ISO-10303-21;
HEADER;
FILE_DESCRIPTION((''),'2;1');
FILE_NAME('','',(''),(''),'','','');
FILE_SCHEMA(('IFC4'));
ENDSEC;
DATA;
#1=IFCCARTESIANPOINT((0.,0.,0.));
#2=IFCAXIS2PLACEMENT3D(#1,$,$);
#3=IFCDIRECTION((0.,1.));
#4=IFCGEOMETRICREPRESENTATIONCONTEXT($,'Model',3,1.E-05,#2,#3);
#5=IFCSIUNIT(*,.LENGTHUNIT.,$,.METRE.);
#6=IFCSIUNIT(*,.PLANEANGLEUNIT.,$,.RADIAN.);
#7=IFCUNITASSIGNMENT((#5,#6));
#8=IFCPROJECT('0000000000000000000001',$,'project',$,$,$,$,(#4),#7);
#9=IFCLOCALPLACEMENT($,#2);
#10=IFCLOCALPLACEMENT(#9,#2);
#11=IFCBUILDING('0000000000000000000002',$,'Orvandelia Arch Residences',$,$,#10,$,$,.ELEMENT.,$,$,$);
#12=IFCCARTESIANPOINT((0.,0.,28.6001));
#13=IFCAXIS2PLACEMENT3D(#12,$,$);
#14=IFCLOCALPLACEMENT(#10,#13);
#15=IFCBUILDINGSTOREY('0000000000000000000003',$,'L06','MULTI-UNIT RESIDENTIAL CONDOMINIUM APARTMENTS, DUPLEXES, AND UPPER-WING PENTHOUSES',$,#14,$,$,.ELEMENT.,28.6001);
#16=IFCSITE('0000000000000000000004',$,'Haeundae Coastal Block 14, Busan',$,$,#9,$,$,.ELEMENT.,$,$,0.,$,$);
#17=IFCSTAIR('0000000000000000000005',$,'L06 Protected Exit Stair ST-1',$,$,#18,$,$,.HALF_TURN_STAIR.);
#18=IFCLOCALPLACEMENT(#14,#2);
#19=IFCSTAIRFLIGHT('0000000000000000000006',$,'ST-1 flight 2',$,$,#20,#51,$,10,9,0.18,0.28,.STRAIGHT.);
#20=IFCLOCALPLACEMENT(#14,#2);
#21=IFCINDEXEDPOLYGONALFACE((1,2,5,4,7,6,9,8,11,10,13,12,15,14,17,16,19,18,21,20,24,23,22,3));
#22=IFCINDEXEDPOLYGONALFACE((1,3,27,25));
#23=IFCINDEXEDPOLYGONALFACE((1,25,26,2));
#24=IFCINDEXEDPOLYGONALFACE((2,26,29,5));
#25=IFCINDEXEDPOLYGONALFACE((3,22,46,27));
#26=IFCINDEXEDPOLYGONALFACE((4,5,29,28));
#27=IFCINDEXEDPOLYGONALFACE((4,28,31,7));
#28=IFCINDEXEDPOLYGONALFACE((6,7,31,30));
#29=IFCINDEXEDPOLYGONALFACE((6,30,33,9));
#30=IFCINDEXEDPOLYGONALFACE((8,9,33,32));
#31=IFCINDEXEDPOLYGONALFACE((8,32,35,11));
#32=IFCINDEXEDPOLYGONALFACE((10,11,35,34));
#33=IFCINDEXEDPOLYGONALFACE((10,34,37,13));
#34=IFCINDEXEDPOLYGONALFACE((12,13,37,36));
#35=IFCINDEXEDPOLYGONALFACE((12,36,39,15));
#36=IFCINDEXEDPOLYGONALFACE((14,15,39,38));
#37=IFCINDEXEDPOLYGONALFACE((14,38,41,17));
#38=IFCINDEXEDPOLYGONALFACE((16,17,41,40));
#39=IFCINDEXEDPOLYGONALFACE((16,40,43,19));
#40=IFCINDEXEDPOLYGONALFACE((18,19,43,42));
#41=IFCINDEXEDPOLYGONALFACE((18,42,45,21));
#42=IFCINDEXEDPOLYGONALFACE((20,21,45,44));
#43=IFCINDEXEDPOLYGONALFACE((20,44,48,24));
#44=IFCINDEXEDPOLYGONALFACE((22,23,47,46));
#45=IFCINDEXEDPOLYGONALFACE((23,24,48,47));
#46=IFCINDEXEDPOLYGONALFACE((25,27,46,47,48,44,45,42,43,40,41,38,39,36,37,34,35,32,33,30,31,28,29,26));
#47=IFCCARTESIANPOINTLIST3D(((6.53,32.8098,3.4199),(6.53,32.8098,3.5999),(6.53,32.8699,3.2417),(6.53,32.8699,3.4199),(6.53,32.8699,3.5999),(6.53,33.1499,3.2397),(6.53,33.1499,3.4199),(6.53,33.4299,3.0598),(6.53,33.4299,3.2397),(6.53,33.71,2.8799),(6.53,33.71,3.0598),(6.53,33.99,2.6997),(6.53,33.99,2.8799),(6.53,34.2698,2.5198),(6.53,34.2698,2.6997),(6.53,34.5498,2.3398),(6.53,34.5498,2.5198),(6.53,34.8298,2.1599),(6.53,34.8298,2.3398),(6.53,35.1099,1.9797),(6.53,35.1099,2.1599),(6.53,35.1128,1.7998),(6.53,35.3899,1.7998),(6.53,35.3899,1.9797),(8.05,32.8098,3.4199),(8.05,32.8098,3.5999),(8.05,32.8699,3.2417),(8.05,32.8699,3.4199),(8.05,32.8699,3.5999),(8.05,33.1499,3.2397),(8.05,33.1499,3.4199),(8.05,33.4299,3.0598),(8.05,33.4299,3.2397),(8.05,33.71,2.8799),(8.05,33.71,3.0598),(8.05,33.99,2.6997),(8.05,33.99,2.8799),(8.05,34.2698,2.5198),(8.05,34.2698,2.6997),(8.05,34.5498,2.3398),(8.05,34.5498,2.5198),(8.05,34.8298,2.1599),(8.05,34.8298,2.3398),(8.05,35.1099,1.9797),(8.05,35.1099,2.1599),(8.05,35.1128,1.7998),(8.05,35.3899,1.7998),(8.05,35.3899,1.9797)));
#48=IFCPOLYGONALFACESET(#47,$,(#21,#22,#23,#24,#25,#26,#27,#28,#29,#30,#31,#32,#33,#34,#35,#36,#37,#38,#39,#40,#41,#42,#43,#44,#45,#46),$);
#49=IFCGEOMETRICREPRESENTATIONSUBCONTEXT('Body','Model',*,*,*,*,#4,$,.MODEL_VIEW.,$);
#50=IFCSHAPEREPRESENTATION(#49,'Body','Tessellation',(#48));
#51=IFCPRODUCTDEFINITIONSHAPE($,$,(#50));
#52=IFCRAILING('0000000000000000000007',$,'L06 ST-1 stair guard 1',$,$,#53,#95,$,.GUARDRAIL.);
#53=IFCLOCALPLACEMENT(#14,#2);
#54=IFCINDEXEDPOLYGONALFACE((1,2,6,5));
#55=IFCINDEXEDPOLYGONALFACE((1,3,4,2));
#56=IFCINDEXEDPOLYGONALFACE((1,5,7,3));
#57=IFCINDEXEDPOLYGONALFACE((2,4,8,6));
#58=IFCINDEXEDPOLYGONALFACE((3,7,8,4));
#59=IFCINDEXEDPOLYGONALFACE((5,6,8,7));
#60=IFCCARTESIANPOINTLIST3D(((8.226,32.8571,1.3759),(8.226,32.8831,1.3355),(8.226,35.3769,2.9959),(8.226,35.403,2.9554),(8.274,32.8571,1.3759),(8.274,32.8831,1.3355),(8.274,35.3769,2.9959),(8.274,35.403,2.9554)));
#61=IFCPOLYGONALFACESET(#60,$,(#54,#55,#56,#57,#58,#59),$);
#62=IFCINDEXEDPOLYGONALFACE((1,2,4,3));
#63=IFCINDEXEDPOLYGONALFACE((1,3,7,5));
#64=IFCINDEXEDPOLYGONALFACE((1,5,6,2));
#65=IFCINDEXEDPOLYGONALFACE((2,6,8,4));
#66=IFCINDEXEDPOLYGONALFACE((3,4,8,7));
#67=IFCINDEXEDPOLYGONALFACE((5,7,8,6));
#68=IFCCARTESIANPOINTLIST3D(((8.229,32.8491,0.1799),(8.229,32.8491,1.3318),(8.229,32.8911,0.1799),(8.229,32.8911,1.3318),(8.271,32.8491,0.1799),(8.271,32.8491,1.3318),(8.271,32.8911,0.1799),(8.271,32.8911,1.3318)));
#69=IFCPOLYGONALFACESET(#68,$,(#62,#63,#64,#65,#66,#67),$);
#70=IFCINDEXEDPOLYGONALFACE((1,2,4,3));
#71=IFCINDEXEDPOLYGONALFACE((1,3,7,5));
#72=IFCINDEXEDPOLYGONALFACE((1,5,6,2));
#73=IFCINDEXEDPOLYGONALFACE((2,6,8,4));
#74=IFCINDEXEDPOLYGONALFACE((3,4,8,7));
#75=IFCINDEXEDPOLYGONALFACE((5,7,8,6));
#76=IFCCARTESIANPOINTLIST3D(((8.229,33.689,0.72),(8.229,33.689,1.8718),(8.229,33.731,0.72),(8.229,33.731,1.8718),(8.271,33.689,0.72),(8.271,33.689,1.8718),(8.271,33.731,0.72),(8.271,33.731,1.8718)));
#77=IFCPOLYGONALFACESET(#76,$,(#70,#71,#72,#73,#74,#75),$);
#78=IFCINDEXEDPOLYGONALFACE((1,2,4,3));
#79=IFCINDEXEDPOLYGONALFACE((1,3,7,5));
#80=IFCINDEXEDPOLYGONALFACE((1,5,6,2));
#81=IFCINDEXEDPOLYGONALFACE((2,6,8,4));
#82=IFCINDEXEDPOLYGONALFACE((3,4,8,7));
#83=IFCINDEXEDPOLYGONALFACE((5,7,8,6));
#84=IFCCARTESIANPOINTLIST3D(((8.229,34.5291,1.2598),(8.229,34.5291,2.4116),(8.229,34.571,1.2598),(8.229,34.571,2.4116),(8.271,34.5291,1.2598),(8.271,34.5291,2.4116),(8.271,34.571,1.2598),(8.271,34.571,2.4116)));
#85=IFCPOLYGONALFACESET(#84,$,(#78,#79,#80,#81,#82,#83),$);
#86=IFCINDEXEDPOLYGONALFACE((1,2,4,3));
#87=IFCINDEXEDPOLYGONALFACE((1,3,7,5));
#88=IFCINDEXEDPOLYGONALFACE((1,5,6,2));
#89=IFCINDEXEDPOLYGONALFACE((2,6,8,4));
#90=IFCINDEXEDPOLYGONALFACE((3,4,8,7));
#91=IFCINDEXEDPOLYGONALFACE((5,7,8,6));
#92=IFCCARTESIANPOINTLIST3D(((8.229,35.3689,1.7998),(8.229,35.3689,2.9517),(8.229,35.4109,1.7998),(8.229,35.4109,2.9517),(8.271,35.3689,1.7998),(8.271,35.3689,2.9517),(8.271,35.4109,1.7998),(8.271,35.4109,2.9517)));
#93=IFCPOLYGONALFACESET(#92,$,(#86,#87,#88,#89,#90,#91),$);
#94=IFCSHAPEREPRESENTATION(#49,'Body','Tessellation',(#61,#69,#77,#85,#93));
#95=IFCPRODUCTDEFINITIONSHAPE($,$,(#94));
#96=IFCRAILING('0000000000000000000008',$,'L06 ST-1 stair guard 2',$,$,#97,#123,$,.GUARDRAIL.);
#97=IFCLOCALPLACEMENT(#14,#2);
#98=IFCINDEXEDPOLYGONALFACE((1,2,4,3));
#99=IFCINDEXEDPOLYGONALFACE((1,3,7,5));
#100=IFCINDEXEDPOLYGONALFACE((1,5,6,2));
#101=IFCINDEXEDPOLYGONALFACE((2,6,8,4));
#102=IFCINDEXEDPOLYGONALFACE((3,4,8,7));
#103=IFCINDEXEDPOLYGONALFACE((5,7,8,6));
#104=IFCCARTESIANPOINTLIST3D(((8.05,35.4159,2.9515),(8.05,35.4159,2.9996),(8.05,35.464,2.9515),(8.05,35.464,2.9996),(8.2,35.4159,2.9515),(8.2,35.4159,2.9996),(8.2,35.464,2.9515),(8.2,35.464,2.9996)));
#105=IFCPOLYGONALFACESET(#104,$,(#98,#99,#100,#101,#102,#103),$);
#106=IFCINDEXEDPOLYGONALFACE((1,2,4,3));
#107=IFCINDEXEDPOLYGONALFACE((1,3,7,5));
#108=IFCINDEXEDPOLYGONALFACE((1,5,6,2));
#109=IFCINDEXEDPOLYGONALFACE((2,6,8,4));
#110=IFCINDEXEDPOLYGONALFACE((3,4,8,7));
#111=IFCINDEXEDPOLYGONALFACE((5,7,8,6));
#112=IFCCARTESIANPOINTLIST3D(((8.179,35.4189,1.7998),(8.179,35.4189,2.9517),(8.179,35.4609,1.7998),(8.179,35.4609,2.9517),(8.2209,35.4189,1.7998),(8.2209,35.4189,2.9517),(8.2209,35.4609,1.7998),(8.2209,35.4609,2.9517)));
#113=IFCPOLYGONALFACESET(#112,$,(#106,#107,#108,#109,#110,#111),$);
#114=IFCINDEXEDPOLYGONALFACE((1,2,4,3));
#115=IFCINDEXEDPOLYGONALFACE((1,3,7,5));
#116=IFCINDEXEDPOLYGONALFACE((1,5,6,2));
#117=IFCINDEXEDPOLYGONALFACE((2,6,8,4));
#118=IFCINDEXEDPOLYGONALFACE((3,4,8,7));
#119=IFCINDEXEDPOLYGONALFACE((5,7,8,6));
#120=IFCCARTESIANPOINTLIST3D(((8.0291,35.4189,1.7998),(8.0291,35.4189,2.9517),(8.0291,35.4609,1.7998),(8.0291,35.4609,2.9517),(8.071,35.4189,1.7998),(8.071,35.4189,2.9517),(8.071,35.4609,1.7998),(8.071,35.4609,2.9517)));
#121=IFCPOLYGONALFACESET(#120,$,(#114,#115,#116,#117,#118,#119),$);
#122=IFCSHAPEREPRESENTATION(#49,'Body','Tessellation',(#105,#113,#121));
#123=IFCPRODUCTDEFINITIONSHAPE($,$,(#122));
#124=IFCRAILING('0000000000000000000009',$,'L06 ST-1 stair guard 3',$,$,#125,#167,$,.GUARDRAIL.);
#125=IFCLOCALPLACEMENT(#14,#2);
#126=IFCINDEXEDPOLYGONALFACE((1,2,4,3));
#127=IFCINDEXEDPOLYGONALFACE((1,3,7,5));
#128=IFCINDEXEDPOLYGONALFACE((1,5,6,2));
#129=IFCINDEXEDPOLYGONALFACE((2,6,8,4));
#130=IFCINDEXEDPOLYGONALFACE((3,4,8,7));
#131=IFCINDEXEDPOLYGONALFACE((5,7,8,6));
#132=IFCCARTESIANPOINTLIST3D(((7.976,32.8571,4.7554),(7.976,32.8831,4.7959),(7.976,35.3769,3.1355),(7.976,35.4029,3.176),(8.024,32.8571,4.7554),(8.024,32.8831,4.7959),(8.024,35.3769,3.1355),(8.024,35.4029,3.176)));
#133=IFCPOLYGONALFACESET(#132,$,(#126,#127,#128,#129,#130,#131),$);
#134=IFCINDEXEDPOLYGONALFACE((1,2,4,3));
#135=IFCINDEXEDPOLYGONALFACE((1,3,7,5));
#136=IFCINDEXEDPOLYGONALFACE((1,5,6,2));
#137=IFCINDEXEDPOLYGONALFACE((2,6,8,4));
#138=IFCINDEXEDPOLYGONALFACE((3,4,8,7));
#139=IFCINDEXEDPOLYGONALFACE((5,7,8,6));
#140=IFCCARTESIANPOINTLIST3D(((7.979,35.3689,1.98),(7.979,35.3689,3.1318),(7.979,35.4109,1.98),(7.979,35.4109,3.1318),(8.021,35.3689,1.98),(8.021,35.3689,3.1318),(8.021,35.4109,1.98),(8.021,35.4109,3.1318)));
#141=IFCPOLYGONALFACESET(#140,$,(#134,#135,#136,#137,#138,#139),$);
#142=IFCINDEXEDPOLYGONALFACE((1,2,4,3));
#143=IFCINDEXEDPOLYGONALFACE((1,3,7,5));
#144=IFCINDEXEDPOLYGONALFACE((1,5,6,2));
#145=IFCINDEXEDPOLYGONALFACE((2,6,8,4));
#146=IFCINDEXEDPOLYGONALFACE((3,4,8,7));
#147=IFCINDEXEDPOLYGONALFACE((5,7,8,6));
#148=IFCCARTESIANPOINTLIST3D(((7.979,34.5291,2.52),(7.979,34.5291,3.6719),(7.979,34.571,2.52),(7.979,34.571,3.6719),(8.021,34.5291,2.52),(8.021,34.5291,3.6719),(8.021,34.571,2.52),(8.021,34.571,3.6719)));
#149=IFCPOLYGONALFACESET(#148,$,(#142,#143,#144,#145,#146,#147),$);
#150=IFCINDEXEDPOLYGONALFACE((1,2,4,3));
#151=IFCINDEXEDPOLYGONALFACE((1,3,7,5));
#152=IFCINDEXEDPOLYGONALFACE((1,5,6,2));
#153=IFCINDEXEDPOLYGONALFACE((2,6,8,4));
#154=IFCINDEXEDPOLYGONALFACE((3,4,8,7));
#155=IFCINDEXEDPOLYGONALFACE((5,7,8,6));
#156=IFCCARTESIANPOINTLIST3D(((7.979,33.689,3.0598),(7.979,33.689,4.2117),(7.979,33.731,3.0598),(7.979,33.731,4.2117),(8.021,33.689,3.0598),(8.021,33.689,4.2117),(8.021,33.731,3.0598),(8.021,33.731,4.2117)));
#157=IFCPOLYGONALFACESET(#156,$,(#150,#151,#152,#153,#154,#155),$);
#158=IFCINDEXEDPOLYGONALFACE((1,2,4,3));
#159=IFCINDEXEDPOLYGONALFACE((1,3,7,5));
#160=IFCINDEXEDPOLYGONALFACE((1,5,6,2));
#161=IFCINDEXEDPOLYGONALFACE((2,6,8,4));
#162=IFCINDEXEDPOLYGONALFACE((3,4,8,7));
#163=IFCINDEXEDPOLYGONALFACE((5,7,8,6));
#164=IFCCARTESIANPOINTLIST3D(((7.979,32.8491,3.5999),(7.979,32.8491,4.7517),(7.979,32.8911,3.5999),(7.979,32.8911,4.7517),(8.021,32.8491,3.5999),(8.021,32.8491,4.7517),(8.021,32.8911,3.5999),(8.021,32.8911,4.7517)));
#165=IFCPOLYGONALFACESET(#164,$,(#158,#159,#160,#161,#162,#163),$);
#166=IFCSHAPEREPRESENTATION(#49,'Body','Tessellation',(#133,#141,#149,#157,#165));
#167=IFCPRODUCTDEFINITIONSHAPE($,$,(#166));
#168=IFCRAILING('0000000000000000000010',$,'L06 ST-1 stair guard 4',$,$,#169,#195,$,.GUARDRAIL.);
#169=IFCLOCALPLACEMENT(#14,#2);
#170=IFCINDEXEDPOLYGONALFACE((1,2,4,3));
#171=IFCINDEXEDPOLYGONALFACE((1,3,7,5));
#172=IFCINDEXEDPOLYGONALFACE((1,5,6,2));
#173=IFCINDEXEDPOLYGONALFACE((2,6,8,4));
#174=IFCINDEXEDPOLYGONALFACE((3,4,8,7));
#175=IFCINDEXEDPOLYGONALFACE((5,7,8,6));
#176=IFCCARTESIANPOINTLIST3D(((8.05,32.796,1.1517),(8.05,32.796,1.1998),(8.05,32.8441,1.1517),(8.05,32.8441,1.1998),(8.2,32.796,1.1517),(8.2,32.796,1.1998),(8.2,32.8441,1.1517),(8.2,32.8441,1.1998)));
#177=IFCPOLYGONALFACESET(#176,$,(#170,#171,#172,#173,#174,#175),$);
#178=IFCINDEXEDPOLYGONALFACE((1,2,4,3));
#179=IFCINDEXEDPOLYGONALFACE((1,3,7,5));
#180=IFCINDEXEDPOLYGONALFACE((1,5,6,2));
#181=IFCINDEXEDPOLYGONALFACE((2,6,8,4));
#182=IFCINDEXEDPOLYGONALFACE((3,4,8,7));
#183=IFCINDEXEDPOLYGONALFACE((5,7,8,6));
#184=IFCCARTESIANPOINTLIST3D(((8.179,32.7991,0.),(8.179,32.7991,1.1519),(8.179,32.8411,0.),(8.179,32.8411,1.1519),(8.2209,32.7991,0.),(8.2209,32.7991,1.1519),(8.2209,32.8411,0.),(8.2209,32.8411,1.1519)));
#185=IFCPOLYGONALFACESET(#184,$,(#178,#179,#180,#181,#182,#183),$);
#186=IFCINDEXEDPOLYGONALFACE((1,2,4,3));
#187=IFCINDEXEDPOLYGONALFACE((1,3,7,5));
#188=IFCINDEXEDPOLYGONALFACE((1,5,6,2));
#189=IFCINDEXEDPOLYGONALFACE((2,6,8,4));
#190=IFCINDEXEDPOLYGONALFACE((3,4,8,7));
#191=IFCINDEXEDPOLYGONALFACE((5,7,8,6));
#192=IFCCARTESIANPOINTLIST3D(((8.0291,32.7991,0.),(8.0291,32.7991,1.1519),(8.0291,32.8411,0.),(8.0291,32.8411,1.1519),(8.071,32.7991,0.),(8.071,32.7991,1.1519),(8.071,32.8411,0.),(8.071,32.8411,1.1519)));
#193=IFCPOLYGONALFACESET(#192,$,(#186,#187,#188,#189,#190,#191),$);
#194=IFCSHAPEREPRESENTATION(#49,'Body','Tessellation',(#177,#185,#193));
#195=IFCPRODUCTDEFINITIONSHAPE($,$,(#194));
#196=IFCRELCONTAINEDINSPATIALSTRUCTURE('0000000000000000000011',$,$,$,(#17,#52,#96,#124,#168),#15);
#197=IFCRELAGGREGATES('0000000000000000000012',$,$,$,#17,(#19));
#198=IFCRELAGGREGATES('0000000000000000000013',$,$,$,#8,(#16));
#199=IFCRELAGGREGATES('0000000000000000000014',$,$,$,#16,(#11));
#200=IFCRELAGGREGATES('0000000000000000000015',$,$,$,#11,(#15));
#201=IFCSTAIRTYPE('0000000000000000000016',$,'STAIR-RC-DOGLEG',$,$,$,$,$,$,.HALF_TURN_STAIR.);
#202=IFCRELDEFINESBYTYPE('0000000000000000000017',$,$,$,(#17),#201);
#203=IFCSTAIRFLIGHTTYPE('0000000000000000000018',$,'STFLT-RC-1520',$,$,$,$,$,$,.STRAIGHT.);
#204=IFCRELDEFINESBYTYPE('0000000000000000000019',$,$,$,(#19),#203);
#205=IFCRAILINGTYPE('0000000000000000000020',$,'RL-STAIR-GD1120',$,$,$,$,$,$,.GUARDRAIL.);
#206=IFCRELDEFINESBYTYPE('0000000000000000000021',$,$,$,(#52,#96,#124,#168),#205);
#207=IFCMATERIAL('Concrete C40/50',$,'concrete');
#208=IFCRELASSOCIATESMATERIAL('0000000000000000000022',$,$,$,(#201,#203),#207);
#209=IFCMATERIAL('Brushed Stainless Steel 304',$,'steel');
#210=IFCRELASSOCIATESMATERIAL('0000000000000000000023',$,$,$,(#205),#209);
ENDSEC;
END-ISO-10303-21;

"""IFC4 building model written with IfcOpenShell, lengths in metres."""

from ifc_helpers import new_model, si_unit, direction, frame, origin, origin_2d, place, context, subcontext, project, spatial, polyline, rectangle, outline, extrude, material, type_object, element, aggregate, save


model = new_model("IFC4")

# Units and contexts
model_context = context("Model", 3, precision=1e-05, world=origin(), true_north=direction((0.0, 1.0)))
body_context = subcontext(model_context, "Body", "Model", "MODEL_VIEW")
ifc_project = project(units=[si_unit("LENGTHUNIT", "METRE"), si_unit("PLANEANGLEUNIT", "RADIAN")], contexts=[model_context])

# Site, building, storey
site_placement = place(None, origin())
site = spatial("IfcSite", under=ifc_project, at=site_placement, Name="Haeundae Coastal Block 14, Busan", CompositionType="ELEMENT", RefElevation=0.0)
building_placement = place(site_placement, origin())
building = spatial("IfcBuilding", under=site, at=building_placement, Name="Orvandelia Arch Residences", CompositionType="ELEMENT")
storey_placement = place(building_placement, frame((0.0, 0.0, 28.6001)))
storey = spatial("IfcBuildingStorey", under=building, at=storey_placement, Name="L06", Description="MULTI-UNIT RESIDENTIAL CONDOMINIUM APARTMENTS, DUPLEXES, AND UPPER-WING PENTHOUSES", CompositionType="ELEMENT", Elevation=28.6001)

# Stair, stair flight
ifc_material_1 = material(Name="Concrete C40/50", Category="concrete")
stair_type = type_object("IfcStairType", Name="STAIR-RC-DOGLEG", PredefinedType="HALF_TURN_STAIR", material=ifc_material_1)
stair_placement = place(storey_placement, origin())
stair = element("IfcStair", 1, at=stair_placement, inside=storey, type_object=stair_type, Name="L06 Protected Exit Stair ST-1", PredefinedType="HALF_TURN_STAIR")
stair_flight_type = type_object("IfcStairFlightType", Name="STFLT-RC-1520", PredefinedType="STRAIGHT", material=ifc_material_1)
stair_flight_1_placement = place(storey_placement, frame((7.29, 35.3899, 1.7998), z_axis=(0.0, 0.0, 1.0), x_axis=(0.0, -1.0, 0.0)))
stair_flight_1 = element("IfcStairFlight", 2, at=stair_flight_1_placement, type_object=stair_flight_type, Name="ST-1 flight 2", NumberOfRisers=10, NumberOfTreads=9, PredefinedType="STRAIGHT", RiserHeight=0.18, TreadLength=0.28, context=body_context, shape_type="SweptSolid", body=[
    extrude(outline(polyline([(0.0, 0.0), (0.0, 0.1799), (0.28, 0.1799), (0.28, 0.3601), (0.5601, 0.3601), (0.5601, 0.54), (0.8401, 0.54), (0.8401, 0.72), (1.1201, 0.72), (1.1201, 0.8999), (1.3999, 0.8999), (1.3999, 1.0801), (1.6799, 1.0801), (1.6799, 1.26), (1.96, 1.26), (1.96, 1.4399), (2.24, 1.4399), (2.24, 1.6201), (2.52, 1.6201), (2.52, 1.8), (2.5801, 1.8), (2.5801, 1.6201), (2.52, 1.4419), (0.2771, 0.0), (0.0, 0.0)])), frame((0.0, 0.76, 0.0), z_axis=(0.0, -1.0, 0.0), x_axis=(1.0, 0.0, 0.0)), (0.0, 0.0, 1.0), 1.52),
])
aggregate(stair, [stair_flight_1])

# Railings
ifc_material_2 = material(Name="Brushed Stainless Steel 304", Category="steel")
railing_type_1 = type_object("IfcRailingType", Name="RL-STAIR-GD1120", PredefinedType="GUARDRAIL", material=ifc_material_2)
railing_1_placement = place(storey_placement, frame((8.25, 32.8701, 0.1799)))
element("IfcRailing", 3, at=railing_1_placement, inside=storey, type_object=railing_type_1, Name="L06 ST-1 stair guard 1", PredefinedType="GUARDRAIL", context=body_context, shape_type="SweptSolid", body=[
    extrude(rectangle(XDim=0.0481, YDim=0.0481, at=origin_2d()), frame((0.0, 0.0, 1.1758), z_axis=(0.0, 0.841176, 0.540762), x_axis=(-1.0, 0.0, 0.0)), (0.0, 0.0, 1.0), 2.9956),
    extrude(rectangle(XDim=0.042, YDim=0.042, at=origin_2d()), origin(), (0.0, 0.0, 1.0), 1.1519),
    extrude(rectangle(XDim=0.042, YDim=0.042, at=origin_2d()), frame((0.0, 0.8398, 0.54)), (0.0, 0.0, 1.0), 1.1519),
    extrude(rectangle(XDim=0.042, YDim=0.042, at=origin_2d()), frame((0.0, 1.6799, 1.0798)), (0.0, 0.0, 1.0), 1.1519),
    extrude(rectangle(XDim=0.042, YDim=0.042, at=origin_2d()), frame((0.0, 2.5198, 1.6199)), (0.0, 0.0, 1.0), 1.1519),
])
railing_2_placement = place(storey_placement, frame((8.2, 35.4399, 1.7998)))
element("IfcRailing", 4, at=railing_2_placement, inside=storey, type_object=railing_type_1, Name="L06 ST-1 stair guard 2", PredefinedType="GUARDRAIL", context=body_context, shape_type="SweptSolid", body=[
    extrude(rectangle(XDim=0.0481, YDim=0.0481, at=origin_2d()), frame((0.0, 0.0, 1.1758), z_axis=(-1.0, 0.0, 0.0), x_axis=(0.0, -1.0, 0.0)), (0.0, 0.0, 1.0), 0.1499),
    extrude(rectangle(XDim=0.042, YDim=0.042, at=origin_2d()), origin(), (0.0, 0.0, 1.0), 1.1519),
    extrude(rectangle(XDim=0.042, YDim=0.042, at=origin_2d()), frame((-0.1499, 0.0, 0.0)), (0.0, 0.0, 1.0), 1.1519),
])
railing_3_placement = place(storey_placement, frame((8.0, 35.3899, 1.98)))
element("IfcRailing", 5, at=railing_3_placement, inside=storey, type_object=railing_type_1, Name="L06 ST-1 stair guard 3", PredefinedType="GUARDRAIL", context=body_context, shape_type="SweptSolid", body=[
    extrude(rectangle(XDim=0.0481, YDim=0.0481, at=origin_2d()), frame((0.0, 0.0, 1.1758), z_axis=(0.0, -0.841176, 0.540762), x_axis=(1.0, 0.0, 0.0)), (0.0, 0.0, 1.0), 2.9956),
    extrude(rectangle(XDim=0.042, YDim=0.042, at=origin_2d()), origin(), (0.0, 0.0, 1.0), 1.1519),
    extrude(rectangle(XDim=0.042, YDim=0.042, at=origin_2d()), frame((0.0, -0.8398, 0.54)), (0.0, 0.0, 1.0), 1.1519),
    extrude(rectangle(XDim=0.042, YDim=0.042, at=origin_2d()), frame((0.0, -1.6799, 1.0798)), (0.0, 0.0, 1.0), 1.1519),
    extrude(rectangle(XDim=0.042, YDim=0.042, at=origin_2d()), frame((0.0, -2.5198, 1.6199)), (0.0, 0.0, 1.0), 1.1519),
])
railing_4_placement = place(storey_placement, frame((8.2, 32.8201, 0.0)))
element("IfcRailing", 6, at=railing_4_placement, inside=storey, type_object=railing_type_1, Name="L06 ST-1 stair guard 4", PredefinedType="GUARDRAIL", context=body_context, shape_type="SweptSolid", body=[
    extrude(rectangle(XDim=0.0481, YDim=0.0481, at=origin_2d()), frame((0.0, 0.0, 1.1758), z_axis=(-1.0, 0.0, 0.0), x_axis=(0.0, -1.0, 0.0)), (0.0, 0.0, 1.0), 0.1499),
    extrude(rectangle(XDim=0.042, YDim=0.042, at=origin_2d()), origin(), (0.0, 0.0, 1.0), 1.1519),
    extrude(rectangle(XDim=0.042, YDim=0.042, at=origin_2d()), frame((-0.1499, 0.0, 0.0)), (0.0, 0.0, 1.0), 1.1519),
])

save(model, "model.ifc")
